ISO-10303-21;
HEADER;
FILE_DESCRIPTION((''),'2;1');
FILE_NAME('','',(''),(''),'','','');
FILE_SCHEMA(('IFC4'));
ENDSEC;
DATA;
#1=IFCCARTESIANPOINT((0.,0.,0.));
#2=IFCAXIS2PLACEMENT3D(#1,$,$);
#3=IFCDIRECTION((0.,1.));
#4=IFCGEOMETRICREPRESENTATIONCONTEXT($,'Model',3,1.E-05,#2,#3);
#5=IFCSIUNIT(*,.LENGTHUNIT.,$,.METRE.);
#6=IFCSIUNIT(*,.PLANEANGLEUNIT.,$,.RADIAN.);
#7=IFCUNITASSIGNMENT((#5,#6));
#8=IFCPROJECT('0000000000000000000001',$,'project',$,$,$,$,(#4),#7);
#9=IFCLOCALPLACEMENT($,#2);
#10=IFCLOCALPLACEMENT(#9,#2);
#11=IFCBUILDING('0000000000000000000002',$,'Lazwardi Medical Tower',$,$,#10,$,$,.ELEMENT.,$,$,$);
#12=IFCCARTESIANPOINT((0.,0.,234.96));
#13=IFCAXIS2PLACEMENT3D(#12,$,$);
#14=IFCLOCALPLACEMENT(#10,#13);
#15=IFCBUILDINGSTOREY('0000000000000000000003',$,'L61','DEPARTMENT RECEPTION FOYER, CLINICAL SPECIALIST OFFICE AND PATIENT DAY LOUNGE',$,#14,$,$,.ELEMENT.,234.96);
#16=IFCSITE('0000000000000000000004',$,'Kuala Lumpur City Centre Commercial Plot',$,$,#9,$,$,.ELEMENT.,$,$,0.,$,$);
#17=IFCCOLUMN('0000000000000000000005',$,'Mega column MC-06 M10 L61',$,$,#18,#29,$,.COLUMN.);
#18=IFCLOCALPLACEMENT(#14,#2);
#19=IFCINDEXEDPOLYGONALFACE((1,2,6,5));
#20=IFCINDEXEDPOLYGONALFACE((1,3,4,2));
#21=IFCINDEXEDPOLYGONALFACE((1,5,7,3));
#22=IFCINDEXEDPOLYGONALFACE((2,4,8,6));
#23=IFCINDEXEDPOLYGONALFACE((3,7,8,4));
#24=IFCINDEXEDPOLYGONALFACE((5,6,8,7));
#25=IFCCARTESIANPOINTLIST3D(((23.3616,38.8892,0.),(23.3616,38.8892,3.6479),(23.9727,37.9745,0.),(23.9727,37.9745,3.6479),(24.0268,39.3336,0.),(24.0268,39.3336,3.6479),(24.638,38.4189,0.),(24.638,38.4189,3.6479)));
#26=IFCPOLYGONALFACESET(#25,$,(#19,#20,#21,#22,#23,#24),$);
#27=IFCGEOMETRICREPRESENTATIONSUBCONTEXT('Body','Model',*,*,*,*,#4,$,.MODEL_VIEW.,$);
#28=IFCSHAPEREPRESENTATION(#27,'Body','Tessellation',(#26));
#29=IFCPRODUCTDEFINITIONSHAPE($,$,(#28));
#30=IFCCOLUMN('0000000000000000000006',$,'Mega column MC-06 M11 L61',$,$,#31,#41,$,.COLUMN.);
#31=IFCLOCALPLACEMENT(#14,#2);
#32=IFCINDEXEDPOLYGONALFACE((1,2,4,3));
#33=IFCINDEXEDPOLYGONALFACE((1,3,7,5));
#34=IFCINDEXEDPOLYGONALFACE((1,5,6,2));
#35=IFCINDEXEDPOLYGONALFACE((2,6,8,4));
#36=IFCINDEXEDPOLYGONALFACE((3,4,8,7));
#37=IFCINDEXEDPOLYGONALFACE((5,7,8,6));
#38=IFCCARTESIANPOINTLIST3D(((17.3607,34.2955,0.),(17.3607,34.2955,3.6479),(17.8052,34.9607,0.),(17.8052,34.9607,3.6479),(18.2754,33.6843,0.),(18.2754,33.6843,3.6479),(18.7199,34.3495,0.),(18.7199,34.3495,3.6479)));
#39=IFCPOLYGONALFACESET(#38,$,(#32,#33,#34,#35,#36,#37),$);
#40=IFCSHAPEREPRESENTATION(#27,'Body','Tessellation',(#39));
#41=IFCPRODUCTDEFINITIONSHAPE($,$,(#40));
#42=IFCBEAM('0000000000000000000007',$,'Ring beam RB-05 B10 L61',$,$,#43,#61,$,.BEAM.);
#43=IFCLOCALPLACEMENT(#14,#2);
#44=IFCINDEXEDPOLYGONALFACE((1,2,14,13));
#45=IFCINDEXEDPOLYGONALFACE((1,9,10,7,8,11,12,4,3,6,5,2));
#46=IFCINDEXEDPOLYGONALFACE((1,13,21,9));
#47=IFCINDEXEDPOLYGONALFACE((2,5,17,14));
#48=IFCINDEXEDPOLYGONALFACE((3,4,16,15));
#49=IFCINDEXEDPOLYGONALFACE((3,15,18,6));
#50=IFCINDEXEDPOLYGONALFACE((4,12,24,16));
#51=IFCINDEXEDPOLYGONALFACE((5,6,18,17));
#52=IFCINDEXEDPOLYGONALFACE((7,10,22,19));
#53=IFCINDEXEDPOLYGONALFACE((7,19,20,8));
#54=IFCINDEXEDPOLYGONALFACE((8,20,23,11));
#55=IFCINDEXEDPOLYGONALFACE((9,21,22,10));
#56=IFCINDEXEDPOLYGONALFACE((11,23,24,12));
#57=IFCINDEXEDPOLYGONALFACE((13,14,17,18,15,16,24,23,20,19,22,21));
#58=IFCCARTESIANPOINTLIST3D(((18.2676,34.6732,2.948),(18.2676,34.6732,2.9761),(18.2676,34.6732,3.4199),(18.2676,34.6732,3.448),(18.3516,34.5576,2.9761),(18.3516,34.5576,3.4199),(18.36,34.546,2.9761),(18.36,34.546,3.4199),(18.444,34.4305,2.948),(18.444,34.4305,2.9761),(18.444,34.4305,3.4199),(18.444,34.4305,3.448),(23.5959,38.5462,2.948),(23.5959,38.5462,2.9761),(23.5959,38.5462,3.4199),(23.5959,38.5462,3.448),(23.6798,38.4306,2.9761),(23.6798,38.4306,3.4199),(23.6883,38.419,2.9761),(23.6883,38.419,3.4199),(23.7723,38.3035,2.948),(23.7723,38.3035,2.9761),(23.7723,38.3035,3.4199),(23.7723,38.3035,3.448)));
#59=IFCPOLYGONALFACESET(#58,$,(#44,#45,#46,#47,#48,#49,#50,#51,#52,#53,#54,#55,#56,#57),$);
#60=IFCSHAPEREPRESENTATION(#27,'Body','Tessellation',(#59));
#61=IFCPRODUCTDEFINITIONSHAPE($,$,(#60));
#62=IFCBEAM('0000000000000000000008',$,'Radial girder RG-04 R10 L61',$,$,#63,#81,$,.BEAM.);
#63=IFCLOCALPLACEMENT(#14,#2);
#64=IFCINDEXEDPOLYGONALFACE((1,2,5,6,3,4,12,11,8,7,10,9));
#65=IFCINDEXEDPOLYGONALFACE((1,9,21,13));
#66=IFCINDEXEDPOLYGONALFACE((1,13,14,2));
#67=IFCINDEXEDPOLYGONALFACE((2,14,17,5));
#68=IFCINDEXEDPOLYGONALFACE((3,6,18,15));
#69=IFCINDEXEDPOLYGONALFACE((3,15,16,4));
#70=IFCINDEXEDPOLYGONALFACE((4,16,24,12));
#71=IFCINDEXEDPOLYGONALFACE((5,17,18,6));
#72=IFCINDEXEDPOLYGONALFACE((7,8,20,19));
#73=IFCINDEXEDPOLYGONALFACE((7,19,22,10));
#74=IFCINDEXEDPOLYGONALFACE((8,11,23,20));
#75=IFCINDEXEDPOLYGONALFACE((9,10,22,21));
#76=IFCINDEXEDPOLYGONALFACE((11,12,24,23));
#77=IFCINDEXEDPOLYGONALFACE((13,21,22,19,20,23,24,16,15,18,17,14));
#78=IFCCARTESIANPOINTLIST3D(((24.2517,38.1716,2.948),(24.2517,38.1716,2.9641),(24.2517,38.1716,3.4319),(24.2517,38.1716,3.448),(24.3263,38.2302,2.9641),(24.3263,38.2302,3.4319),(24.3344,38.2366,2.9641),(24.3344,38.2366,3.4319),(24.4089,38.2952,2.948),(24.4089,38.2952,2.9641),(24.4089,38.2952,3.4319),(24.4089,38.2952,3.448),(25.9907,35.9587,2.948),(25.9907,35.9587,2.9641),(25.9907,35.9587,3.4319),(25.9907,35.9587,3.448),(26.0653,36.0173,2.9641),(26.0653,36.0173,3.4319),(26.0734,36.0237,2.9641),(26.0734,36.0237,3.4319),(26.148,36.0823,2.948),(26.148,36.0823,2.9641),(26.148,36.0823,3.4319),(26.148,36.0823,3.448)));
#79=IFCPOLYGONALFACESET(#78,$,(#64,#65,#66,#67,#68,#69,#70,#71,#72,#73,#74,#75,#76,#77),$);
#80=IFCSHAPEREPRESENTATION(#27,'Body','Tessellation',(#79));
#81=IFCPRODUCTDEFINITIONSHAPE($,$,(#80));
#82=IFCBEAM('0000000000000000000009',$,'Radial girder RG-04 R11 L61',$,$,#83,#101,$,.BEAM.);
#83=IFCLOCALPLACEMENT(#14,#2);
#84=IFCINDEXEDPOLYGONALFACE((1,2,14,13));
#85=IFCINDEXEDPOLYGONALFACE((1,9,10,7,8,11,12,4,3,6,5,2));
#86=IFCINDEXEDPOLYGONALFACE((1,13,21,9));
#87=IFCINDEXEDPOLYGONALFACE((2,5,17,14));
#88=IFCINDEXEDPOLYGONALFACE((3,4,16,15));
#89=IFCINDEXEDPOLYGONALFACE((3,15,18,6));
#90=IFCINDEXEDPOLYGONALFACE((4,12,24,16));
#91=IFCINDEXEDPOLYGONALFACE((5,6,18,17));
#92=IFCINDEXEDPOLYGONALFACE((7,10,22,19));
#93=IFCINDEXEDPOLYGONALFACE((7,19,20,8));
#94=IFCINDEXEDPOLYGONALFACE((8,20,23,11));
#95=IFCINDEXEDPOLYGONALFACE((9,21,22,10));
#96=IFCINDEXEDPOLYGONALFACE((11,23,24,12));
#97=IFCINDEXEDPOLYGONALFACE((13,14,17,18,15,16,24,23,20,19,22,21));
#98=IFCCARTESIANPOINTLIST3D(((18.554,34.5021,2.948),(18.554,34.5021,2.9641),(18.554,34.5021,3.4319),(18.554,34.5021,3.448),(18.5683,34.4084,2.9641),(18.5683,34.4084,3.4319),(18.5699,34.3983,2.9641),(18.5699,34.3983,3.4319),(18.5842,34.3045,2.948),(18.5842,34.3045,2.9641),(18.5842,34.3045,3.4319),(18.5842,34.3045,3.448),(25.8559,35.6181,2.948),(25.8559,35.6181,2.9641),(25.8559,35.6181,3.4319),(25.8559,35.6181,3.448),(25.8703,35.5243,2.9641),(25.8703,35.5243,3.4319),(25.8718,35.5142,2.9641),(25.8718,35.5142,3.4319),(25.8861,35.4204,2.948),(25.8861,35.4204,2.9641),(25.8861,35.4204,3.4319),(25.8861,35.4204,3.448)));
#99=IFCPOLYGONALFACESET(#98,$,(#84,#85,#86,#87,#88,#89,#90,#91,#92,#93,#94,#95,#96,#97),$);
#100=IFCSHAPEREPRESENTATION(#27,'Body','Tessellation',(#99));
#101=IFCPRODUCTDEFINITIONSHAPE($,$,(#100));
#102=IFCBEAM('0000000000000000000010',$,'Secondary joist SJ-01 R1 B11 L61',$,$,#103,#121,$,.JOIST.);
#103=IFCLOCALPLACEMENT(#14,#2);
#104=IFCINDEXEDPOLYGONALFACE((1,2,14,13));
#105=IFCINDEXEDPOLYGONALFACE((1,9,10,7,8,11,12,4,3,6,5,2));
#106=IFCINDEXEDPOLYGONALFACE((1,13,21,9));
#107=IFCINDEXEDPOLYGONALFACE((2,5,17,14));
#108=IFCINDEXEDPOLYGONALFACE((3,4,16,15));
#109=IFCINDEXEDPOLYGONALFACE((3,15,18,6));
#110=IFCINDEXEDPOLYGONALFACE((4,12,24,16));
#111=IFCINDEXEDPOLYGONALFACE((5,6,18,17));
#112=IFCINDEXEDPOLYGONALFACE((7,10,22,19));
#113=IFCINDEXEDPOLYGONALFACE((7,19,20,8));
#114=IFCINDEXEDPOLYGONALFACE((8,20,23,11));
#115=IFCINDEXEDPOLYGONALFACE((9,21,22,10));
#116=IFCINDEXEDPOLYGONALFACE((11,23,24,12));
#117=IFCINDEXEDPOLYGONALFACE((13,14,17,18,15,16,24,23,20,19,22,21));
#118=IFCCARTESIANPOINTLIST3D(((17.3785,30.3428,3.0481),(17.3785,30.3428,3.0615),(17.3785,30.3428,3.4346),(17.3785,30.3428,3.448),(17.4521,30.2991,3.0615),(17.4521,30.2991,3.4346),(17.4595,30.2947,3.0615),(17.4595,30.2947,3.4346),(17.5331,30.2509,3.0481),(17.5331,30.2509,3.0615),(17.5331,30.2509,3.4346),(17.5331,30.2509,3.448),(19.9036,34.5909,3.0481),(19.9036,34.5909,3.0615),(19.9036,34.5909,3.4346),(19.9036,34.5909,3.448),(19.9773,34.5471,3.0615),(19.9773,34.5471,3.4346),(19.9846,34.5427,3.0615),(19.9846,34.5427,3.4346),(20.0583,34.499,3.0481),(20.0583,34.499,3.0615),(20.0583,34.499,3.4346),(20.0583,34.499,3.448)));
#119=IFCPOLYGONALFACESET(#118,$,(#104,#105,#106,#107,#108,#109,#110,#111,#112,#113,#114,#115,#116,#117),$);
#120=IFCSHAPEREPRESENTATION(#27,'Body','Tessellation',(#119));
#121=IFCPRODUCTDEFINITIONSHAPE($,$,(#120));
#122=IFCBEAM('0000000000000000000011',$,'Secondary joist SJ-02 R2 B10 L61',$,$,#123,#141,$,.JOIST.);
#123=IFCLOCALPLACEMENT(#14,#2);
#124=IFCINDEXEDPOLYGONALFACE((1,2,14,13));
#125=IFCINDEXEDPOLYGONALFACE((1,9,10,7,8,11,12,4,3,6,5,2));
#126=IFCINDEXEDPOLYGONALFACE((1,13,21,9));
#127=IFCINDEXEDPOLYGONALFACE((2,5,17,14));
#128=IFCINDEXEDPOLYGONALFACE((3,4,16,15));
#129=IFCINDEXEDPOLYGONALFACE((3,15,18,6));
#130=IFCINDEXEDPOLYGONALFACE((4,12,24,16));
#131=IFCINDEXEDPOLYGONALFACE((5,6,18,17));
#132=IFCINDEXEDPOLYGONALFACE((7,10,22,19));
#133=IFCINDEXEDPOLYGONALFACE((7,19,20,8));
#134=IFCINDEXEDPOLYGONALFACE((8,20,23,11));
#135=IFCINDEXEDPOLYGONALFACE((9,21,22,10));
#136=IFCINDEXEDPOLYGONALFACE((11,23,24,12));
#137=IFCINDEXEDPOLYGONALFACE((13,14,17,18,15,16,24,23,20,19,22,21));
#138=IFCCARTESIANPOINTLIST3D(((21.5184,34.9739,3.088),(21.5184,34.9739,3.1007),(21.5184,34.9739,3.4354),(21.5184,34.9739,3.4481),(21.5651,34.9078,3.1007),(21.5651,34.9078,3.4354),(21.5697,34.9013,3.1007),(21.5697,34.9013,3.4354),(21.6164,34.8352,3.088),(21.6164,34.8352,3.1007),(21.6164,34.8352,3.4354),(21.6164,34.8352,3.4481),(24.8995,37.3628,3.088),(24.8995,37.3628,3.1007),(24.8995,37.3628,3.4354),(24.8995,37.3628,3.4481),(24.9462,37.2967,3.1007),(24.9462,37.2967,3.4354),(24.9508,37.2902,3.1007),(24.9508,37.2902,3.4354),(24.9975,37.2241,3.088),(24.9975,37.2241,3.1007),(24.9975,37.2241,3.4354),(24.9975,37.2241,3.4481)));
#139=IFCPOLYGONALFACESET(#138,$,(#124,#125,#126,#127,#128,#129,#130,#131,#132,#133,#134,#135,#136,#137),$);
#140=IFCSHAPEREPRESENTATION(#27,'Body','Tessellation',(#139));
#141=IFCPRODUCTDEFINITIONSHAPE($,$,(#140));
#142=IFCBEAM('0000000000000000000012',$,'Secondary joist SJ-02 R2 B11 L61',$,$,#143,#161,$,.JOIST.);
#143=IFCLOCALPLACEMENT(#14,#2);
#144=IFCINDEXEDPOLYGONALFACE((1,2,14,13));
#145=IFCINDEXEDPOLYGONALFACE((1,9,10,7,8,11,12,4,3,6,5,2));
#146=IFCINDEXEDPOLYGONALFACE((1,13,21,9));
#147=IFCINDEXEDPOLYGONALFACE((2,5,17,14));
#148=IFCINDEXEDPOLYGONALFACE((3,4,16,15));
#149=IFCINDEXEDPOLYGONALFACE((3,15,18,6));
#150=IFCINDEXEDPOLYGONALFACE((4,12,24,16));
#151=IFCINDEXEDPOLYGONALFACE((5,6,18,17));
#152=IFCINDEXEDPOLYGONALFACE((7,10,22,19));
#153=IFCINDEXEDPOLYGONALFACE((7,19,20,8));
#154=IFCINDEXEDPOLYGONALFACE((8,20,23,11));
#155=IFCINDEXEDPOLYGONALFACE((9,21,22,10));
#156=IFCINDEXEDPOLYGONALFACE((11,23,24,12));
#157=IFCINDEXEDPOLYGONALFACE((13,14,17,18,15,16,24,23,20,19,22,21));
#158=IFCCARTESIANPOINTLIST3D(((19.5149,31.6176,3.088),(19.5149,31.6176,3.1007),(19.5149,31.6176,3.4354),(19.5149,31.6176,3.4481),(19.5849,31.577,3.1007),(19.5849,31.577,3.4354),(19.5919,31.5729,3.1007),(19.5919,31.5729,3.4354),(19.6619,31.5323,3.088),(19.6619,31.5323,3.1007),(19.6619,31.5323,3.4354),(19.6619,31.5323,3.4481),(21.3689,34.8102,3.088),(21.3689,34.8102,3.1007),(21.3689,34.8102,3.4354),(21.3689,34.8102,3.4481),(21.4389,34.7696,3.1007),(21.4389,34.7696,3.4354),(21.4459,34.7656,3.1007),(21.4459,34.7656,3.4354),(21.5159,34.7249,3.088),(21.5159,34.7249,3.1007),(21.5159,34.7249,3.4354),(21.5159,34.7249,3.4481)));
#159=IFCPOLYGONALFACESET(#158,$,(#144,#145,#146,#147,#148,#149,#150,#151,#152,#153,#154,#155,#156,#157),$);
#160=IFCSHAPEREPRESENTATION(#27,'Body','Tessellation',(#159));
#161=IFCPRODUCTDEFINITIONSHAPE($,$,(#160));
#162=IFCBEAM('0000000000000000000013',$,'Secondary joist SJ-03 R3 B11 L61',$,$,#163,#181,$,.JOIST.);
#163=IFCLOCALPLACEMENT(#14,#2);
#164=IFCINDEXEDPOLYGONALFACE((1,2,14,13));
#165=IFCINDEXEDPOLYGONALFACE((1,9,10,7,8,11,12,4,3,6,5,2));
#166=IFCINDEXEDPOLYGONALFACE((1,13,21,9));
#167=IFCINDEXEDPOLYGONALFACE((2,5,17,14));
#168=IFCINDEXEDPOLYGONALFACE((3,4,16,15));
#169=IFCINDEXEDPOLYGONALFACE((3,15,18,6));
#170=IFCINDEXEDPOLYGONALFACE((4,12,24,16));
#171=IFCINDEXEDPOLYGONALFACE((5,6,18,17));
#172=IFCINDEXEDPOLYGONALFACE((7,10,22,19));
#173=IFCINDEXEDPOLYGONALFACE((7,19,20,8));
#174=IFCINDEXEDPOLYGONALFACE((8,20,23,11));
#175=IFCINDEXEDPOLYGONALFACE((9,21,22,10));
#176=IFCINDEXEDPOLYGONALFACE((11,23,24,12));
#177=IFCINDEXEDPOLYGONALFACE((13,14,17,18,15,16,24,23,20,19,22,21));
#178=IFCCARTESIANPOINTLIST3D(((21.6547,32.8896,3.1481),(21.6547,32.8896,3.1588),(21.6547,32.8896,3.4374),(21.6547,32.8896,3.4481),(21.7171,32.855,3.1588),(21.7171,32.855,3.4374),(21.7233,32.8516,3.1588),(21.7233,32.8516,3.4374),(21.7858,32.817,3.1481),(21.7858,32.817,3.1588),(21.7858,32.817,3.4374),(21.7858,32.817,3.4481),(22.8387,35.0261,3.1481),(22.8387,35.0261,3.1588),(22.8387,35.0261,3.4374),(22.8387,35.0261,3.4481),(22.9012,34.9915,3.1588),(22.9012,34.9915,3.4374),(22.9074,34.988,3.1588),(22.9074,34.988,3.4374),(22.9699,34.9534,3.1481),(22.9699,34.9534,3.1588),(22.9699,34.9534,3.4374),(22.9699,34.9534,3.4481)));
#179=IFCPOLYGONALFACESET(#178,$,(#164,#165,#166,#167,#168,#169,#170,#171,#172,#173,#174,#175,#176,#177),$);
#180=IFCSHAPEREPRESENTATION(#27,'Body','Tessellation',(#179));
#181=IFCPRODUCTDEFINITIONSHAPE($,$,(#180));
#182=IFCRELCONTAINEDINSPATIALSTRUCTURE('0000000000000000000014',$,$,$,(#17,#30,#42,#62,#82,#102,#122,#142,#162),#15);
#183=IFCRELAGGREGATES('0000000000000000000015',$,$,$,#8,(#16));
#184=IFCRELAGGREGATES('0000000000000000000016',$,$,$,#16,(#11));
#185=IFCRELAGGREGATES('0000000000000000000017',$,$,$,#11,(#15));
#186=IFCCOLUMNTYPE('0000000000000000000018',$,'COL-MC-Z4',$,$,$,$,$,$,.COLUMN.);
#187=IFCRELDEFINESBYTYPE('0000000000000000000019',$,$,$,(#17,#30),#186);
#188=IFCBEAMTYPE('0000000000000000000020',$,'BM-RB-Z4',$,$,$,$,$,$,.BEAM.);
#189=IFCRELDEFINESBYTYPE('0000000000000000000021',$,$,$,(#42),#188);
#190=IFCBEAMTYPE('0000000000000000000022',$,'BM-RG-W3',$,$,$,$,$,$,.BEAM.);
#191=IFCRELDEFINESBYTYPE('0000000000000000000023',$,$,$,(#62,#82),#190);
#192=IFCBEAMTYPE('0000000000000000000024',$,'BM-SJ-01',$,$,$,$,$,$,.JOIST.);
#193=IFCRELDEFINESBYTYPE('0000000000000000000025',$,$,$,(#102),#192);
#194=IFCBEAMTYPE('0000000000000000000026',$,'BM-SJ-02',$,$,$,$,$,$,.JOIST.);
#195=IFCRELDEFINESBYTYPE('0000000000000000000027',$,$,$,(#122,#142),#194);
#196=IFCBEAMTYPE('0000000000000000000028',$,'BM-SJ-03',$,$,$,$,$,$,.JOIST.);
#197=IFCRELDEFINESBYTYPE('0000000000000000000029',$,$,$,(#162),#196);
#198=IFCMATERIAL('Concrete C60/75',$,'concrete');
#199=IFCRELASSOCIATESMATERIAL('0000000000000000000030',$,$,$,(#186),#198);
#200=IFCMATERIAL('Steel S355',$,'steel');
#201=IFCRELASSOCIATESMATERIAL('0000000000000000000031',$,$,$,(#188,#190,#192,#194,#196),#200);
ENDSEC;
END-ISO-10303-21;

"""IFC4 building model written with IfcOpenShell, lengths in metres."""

from ifc_helpers import new_model, si_unit, direction, frame, origin, origin_2d, place, context, subcontext, project, spatial, rectangle, i_section, extrude, material, material_profile, profile_set, type_object, element, save


model = new_model("IFC4")

# Units and contexts
model_context = context("Model", 3, precision=1e-05, world=origin(), true_north=direction((0.0, 1.0)))
body_context = subcontext(model_context, "Body", "Model", "MODEL_VIEW")
ifc_project = project(units=[si_unit("LENGTHUNIT", "METRE"), si_unit("PLANEANGLEUNIT", "RADIAN")], contexts=[model_context])

# Site, building, storey
site_placement = place(None, origin())
site = spatial("IfcSite", under=ifc_project, at=site_placement, Name="Kuala Lumpur City Centre Commercial Plot", CompositionType="ELEMENT", RefElevation=0.0)
building_placement = place(site_placement, origin())
building = spatial("IfcBuilding", under=site, at=building_placement, Name="Lazwardi Medical Tower", CompositionType="ELEMENT")
storey_placement = place(building_placement, frame((0.0, 0.0, 234.96)))
storey = spatial("IfcBuildingStorey", under=building, at=storey_placement, Name="L61", Description="DEPARTMENT RECEPTION FOYER, CLINICAL SPECIALIST OFFICE AND PATIENT DAY LOUNGE", CompositionType="ELEMENT", Elevation=234.96)

# Columns
ifc_material_1 = material(Name="Concrete C60/75", Category="concrete")
ifc_material_profile_1 = material_profile(ifc_material_1, rectangle(XDim=1.1001, YDim=0.8, at=origin_2d()), Name="CFT-RECT 1100x800")
ifc_profile_set_1 = profile_set([ifc_material_profile_1], Name="Concrete C60/75")
column_type = type_object("IfcColumnType", Name="COL-MC-Z4", PredefinedType="COLUMN", material=ifc_profile_set_1)
for number, where, z_axis, x_axis, name in (
    (1, (23.9998, 38.6541, 0.0), (0.0, 0.0, 1.0), (-0.55557, 0.83147, 0.0), "Mega column MC-06 M10 L61"),
    (2, (18.0403, 34.3225, 0.0), (0.0, 0.0, 1.0), (-0.83147, 0.55557, 0.0), "Mega column MC-06 M11 L61"),
):
    element("IfcColumn", number, at=place(storey_placement, frame(where, z_axis=z_axis, x_axis=x_axis)), inside=storey, type_object=column_type, Name=name, PredefinedType="COLUMN", context=body_context, shape_type="SweptSolid", body=[
        extrude(rectangle(XDim=1.1001, YDim=0.8, at=origin_2d()), origin(), (0.0, 0.0, 1.0), 3.6479),
    ])

# Beams
ifc_material_2 = material(Name="Steel S355", Category="steel")
ifc_material_profile_2 = material_profile(ifc_material_2, i_section(OverallWidth=0.3, OverallDepth=0.5, WebThickness=0.0144, FlangeThickness=0.0281, at=origin_2d()), Name="HEB 500")
ifc_profile_set_2 = profile_set([ifc_material_profile_2], Name="Steel S355")
beam_type_1 = type_object("IfcBeamType", Name="BM-RB-Z4", PredefinedType="BEAM", material=ifc_profile_set_2)
beam_1_placement = place(storey_placement, frame((23.6841, 38.4248, 3.198), z_axis=(-0.80889, -0.58796, 0.0), x_axis=(0.58796, -0.80889, 0.0)))
element("IfcBeam", 3, at=beam_1_placement, inside=storey, type_object=beam_type_1, Name="Ring beam RB-05 B10 L61", PredefinedType="BEAM", context=body_context, shape_type="SweptSolid", body=[
    extrude(i_section(OverallWidth=0.3, OverallDepth=0.5, WebThickness=0.0144, FlangeThickness=0.0281, at=origin_2d()), origin(), (0.0, 0.0, 1.0), 6.5872),
])
ifc_material_profile_3 = material_profile(ifc_material_2, i_section(OverallWidth=0.2, OverallDepth=0.5, WebThickness=0.0103, FlangeThickness=0.0161, at=origin_2d()), Name="IPE 500")
ifc_profile_set_3 = profile_set([ifc_material_profile_3], Name="Steel S355")
beam_type_2 = type_object("IfcBeamType", Name="BM-RG-W3", PredefinedType="BEAM", material=ifc_profile_set_3)
beam_2_placement = place(storey_placement, frame((24.3303, 38.2334, 3.198), z_axis=(0.617891, -0.786264, 0.0), x_axis=(0.786264, 0.617891, 0.0)))
element("IfcBeam", 4, at=beam_2_placement, inside=storey, type_object=beam_type_2, Name="Radial girder RG-04 R10 L61", PredefinedType="BEAM", context=body_context, shape_type="SweptSolid", body=[
    extrude(i_section(OverallWidth=0.2, OverallDepth=0.5, WebThickness=0.0103, FlangeThickness=0.0161, at=origin_2d()), origin(), (0.0, 0.0, 1.0), 2.8145),
])
beam_3_placement = place(storey_placement, frame((18.5691, 34.4033, 3.198), z_axis=(0.988522, 0.151076, 0.0), x_axis=(-0.151076, 0.988522, 0.0)))
element("IfcBeam", 5, at=beam_3_placement, inside=storey, type_object=beam_type_2, Name="Radial girder RG-04 R11 L61", PredefinedType="BEAM", context=body_context, shape_type="SweptSolid", body=[
    extrude(i_section(OverallWidth=0.2, OverallDepth=0.5, WebThickness=0.0103, FlangeThickness=0.0161, at=origin_2d()), origin(), (0.0, 0.0, 1.0), 7.3867),
])
ifc_material_profile_4 = material_profile(ifc_material_2, i_section(OverallWidth=0.1799, OverallDepth=0.3999, WebThickness=0.0085, FlangeThickness=0.0134, at=origin_2d()), Name="IPE 400")
ifc_profile_set_4 = profile_set([ifc_material_profile_4], Name="Steel S355")
beam_type_3 = type_object("IfcBeamType", Name="BM-SJ-01", PredefinedType="JOIST", material=ifc_profile_set_4)
beam_4_placement = place(storey_placement, frame((19.981, 34.5449, 3.248), z_axis=(-0.510968, -0.8596, 0.0), x_axis=(0.8596, -0.510968, 0.0)))
element("IfcBeam", 6, at=beam_4_placement, inside=storey, type_object=beam_type_3, Name="Secondary joist SJ-01 R1 B11 L61", PredefinedType="JOIST", context=body_context, shape_type="SweptSolid", body=[
    extrude(i_section(OverallWidth=0.1799, OverallDepth=0.3999, WebThickness=0.0085, FlangeThickness=0.0134, at=origin_2d()), origin(), (0.0, 0.0, 1.0), 4.9419),
])
ifc_material_profile_5 = material_profile(ifc_material_2, i_section(OverallWidth=0.1699, OverallDepth=0.3601, WebThickness=0.0081, FlangeThickness=0.0127, at=origin_2d()), Name="IPE 360")
ifc_profile_set_5 = profile_set([ifc_material_profile_5], Name="Steel S355")
beam_type_4 = type_object("IfcBeamType", Name="BM-SJ-02", PredefinedType="JOIST", material=ifc_profile_set_5)
beam_5_placement = place(storey_placement, frame((24.9485, 37.2935, 3.2681), z_axis=(-0.816711, -0.577047, 0.0), x_axis=(0.577047, -0.816711, 0.0)))
element("IfcBeam", 7, at=beam_5_placement, inside=storey, type_object=beam_type_4, Name="Secondary joist SJ-02 R2 B10 L61", PredefinedType="JOIST", context=body_context, shape_type="SweptSolid", body=[
    extrude(i_section(OverallWidth=0.1699, OverallDepth=0.3601, WebThickness=0.0081, FlangeThickness=0.0127, at=origin_2d()), origin(), (0.0, 0.0, 1.0), 4.1399),
])
beam_6_placement = place(storey_placement, frame((21.4424, 34.7676, 3.2681), z_axis=(-0.50218, -0.864763, 0.0), x_axis=(0.864763, -0.50218, 0.0)))
element("IfcBeam", 8, at=beam_6_placement, inside=storey, type_object=beam_type_4, Name="Secondary joist SJ-02 R2 B11 L61", PredefinedType="JOIST", context=body_context, shape_type="SweptSolid", body=[
    extrude(i_section(OverallWidth=0.1699, OverallDepth=0.3601, WebThickness=0.0081, FlangeThickness=0.0127, at=origin_2d()), origin(), (0.0, 0.0, 1.0), 3.6919),
])
ifc_material_profile_6 = material_profile(ifc_material_2, i_section(OverallWidth=0.1499, OverallDepth=0.3, WebThickness=0.0071, FlangeThickness=0.0107, at=origin_2d()), Name="IPE 300")
ifc_profile_set_6 = profile_set([ifc_material_profile_6], Name="Steel S355")
beam_type_5 = type_object("IfcBeamType", Name="BM-SJ-03", PredefinedType="JOIST", material=ifc_profile_set_6)
beam_7_placement = place(storey_placement, frame((22.9043, 34.9897, 3.2981), z_axis=(-0.484752, -0.874652, 0.0), x_axis=(0.874652, -0.484752, 0.0)))
element("IfcBeam", 9, at=beam_7_placement, inside=storey, type_object=beam_type_5, Name="Secondary joist SJ-03 R3 B11 L61", PredefinedType="JOIST", context=body_context, shape_type="SweptSolid", body=[
    extrude(i_section(OverallWidth=0.1499, OverallDepth=0.3, WebThickness=0.0071, FlangeThickness=0.0107, at=origin_2d()), origin(), (0.0, 0.0, 1.0), 2.4426),
])

save(model, "model.ifc")
